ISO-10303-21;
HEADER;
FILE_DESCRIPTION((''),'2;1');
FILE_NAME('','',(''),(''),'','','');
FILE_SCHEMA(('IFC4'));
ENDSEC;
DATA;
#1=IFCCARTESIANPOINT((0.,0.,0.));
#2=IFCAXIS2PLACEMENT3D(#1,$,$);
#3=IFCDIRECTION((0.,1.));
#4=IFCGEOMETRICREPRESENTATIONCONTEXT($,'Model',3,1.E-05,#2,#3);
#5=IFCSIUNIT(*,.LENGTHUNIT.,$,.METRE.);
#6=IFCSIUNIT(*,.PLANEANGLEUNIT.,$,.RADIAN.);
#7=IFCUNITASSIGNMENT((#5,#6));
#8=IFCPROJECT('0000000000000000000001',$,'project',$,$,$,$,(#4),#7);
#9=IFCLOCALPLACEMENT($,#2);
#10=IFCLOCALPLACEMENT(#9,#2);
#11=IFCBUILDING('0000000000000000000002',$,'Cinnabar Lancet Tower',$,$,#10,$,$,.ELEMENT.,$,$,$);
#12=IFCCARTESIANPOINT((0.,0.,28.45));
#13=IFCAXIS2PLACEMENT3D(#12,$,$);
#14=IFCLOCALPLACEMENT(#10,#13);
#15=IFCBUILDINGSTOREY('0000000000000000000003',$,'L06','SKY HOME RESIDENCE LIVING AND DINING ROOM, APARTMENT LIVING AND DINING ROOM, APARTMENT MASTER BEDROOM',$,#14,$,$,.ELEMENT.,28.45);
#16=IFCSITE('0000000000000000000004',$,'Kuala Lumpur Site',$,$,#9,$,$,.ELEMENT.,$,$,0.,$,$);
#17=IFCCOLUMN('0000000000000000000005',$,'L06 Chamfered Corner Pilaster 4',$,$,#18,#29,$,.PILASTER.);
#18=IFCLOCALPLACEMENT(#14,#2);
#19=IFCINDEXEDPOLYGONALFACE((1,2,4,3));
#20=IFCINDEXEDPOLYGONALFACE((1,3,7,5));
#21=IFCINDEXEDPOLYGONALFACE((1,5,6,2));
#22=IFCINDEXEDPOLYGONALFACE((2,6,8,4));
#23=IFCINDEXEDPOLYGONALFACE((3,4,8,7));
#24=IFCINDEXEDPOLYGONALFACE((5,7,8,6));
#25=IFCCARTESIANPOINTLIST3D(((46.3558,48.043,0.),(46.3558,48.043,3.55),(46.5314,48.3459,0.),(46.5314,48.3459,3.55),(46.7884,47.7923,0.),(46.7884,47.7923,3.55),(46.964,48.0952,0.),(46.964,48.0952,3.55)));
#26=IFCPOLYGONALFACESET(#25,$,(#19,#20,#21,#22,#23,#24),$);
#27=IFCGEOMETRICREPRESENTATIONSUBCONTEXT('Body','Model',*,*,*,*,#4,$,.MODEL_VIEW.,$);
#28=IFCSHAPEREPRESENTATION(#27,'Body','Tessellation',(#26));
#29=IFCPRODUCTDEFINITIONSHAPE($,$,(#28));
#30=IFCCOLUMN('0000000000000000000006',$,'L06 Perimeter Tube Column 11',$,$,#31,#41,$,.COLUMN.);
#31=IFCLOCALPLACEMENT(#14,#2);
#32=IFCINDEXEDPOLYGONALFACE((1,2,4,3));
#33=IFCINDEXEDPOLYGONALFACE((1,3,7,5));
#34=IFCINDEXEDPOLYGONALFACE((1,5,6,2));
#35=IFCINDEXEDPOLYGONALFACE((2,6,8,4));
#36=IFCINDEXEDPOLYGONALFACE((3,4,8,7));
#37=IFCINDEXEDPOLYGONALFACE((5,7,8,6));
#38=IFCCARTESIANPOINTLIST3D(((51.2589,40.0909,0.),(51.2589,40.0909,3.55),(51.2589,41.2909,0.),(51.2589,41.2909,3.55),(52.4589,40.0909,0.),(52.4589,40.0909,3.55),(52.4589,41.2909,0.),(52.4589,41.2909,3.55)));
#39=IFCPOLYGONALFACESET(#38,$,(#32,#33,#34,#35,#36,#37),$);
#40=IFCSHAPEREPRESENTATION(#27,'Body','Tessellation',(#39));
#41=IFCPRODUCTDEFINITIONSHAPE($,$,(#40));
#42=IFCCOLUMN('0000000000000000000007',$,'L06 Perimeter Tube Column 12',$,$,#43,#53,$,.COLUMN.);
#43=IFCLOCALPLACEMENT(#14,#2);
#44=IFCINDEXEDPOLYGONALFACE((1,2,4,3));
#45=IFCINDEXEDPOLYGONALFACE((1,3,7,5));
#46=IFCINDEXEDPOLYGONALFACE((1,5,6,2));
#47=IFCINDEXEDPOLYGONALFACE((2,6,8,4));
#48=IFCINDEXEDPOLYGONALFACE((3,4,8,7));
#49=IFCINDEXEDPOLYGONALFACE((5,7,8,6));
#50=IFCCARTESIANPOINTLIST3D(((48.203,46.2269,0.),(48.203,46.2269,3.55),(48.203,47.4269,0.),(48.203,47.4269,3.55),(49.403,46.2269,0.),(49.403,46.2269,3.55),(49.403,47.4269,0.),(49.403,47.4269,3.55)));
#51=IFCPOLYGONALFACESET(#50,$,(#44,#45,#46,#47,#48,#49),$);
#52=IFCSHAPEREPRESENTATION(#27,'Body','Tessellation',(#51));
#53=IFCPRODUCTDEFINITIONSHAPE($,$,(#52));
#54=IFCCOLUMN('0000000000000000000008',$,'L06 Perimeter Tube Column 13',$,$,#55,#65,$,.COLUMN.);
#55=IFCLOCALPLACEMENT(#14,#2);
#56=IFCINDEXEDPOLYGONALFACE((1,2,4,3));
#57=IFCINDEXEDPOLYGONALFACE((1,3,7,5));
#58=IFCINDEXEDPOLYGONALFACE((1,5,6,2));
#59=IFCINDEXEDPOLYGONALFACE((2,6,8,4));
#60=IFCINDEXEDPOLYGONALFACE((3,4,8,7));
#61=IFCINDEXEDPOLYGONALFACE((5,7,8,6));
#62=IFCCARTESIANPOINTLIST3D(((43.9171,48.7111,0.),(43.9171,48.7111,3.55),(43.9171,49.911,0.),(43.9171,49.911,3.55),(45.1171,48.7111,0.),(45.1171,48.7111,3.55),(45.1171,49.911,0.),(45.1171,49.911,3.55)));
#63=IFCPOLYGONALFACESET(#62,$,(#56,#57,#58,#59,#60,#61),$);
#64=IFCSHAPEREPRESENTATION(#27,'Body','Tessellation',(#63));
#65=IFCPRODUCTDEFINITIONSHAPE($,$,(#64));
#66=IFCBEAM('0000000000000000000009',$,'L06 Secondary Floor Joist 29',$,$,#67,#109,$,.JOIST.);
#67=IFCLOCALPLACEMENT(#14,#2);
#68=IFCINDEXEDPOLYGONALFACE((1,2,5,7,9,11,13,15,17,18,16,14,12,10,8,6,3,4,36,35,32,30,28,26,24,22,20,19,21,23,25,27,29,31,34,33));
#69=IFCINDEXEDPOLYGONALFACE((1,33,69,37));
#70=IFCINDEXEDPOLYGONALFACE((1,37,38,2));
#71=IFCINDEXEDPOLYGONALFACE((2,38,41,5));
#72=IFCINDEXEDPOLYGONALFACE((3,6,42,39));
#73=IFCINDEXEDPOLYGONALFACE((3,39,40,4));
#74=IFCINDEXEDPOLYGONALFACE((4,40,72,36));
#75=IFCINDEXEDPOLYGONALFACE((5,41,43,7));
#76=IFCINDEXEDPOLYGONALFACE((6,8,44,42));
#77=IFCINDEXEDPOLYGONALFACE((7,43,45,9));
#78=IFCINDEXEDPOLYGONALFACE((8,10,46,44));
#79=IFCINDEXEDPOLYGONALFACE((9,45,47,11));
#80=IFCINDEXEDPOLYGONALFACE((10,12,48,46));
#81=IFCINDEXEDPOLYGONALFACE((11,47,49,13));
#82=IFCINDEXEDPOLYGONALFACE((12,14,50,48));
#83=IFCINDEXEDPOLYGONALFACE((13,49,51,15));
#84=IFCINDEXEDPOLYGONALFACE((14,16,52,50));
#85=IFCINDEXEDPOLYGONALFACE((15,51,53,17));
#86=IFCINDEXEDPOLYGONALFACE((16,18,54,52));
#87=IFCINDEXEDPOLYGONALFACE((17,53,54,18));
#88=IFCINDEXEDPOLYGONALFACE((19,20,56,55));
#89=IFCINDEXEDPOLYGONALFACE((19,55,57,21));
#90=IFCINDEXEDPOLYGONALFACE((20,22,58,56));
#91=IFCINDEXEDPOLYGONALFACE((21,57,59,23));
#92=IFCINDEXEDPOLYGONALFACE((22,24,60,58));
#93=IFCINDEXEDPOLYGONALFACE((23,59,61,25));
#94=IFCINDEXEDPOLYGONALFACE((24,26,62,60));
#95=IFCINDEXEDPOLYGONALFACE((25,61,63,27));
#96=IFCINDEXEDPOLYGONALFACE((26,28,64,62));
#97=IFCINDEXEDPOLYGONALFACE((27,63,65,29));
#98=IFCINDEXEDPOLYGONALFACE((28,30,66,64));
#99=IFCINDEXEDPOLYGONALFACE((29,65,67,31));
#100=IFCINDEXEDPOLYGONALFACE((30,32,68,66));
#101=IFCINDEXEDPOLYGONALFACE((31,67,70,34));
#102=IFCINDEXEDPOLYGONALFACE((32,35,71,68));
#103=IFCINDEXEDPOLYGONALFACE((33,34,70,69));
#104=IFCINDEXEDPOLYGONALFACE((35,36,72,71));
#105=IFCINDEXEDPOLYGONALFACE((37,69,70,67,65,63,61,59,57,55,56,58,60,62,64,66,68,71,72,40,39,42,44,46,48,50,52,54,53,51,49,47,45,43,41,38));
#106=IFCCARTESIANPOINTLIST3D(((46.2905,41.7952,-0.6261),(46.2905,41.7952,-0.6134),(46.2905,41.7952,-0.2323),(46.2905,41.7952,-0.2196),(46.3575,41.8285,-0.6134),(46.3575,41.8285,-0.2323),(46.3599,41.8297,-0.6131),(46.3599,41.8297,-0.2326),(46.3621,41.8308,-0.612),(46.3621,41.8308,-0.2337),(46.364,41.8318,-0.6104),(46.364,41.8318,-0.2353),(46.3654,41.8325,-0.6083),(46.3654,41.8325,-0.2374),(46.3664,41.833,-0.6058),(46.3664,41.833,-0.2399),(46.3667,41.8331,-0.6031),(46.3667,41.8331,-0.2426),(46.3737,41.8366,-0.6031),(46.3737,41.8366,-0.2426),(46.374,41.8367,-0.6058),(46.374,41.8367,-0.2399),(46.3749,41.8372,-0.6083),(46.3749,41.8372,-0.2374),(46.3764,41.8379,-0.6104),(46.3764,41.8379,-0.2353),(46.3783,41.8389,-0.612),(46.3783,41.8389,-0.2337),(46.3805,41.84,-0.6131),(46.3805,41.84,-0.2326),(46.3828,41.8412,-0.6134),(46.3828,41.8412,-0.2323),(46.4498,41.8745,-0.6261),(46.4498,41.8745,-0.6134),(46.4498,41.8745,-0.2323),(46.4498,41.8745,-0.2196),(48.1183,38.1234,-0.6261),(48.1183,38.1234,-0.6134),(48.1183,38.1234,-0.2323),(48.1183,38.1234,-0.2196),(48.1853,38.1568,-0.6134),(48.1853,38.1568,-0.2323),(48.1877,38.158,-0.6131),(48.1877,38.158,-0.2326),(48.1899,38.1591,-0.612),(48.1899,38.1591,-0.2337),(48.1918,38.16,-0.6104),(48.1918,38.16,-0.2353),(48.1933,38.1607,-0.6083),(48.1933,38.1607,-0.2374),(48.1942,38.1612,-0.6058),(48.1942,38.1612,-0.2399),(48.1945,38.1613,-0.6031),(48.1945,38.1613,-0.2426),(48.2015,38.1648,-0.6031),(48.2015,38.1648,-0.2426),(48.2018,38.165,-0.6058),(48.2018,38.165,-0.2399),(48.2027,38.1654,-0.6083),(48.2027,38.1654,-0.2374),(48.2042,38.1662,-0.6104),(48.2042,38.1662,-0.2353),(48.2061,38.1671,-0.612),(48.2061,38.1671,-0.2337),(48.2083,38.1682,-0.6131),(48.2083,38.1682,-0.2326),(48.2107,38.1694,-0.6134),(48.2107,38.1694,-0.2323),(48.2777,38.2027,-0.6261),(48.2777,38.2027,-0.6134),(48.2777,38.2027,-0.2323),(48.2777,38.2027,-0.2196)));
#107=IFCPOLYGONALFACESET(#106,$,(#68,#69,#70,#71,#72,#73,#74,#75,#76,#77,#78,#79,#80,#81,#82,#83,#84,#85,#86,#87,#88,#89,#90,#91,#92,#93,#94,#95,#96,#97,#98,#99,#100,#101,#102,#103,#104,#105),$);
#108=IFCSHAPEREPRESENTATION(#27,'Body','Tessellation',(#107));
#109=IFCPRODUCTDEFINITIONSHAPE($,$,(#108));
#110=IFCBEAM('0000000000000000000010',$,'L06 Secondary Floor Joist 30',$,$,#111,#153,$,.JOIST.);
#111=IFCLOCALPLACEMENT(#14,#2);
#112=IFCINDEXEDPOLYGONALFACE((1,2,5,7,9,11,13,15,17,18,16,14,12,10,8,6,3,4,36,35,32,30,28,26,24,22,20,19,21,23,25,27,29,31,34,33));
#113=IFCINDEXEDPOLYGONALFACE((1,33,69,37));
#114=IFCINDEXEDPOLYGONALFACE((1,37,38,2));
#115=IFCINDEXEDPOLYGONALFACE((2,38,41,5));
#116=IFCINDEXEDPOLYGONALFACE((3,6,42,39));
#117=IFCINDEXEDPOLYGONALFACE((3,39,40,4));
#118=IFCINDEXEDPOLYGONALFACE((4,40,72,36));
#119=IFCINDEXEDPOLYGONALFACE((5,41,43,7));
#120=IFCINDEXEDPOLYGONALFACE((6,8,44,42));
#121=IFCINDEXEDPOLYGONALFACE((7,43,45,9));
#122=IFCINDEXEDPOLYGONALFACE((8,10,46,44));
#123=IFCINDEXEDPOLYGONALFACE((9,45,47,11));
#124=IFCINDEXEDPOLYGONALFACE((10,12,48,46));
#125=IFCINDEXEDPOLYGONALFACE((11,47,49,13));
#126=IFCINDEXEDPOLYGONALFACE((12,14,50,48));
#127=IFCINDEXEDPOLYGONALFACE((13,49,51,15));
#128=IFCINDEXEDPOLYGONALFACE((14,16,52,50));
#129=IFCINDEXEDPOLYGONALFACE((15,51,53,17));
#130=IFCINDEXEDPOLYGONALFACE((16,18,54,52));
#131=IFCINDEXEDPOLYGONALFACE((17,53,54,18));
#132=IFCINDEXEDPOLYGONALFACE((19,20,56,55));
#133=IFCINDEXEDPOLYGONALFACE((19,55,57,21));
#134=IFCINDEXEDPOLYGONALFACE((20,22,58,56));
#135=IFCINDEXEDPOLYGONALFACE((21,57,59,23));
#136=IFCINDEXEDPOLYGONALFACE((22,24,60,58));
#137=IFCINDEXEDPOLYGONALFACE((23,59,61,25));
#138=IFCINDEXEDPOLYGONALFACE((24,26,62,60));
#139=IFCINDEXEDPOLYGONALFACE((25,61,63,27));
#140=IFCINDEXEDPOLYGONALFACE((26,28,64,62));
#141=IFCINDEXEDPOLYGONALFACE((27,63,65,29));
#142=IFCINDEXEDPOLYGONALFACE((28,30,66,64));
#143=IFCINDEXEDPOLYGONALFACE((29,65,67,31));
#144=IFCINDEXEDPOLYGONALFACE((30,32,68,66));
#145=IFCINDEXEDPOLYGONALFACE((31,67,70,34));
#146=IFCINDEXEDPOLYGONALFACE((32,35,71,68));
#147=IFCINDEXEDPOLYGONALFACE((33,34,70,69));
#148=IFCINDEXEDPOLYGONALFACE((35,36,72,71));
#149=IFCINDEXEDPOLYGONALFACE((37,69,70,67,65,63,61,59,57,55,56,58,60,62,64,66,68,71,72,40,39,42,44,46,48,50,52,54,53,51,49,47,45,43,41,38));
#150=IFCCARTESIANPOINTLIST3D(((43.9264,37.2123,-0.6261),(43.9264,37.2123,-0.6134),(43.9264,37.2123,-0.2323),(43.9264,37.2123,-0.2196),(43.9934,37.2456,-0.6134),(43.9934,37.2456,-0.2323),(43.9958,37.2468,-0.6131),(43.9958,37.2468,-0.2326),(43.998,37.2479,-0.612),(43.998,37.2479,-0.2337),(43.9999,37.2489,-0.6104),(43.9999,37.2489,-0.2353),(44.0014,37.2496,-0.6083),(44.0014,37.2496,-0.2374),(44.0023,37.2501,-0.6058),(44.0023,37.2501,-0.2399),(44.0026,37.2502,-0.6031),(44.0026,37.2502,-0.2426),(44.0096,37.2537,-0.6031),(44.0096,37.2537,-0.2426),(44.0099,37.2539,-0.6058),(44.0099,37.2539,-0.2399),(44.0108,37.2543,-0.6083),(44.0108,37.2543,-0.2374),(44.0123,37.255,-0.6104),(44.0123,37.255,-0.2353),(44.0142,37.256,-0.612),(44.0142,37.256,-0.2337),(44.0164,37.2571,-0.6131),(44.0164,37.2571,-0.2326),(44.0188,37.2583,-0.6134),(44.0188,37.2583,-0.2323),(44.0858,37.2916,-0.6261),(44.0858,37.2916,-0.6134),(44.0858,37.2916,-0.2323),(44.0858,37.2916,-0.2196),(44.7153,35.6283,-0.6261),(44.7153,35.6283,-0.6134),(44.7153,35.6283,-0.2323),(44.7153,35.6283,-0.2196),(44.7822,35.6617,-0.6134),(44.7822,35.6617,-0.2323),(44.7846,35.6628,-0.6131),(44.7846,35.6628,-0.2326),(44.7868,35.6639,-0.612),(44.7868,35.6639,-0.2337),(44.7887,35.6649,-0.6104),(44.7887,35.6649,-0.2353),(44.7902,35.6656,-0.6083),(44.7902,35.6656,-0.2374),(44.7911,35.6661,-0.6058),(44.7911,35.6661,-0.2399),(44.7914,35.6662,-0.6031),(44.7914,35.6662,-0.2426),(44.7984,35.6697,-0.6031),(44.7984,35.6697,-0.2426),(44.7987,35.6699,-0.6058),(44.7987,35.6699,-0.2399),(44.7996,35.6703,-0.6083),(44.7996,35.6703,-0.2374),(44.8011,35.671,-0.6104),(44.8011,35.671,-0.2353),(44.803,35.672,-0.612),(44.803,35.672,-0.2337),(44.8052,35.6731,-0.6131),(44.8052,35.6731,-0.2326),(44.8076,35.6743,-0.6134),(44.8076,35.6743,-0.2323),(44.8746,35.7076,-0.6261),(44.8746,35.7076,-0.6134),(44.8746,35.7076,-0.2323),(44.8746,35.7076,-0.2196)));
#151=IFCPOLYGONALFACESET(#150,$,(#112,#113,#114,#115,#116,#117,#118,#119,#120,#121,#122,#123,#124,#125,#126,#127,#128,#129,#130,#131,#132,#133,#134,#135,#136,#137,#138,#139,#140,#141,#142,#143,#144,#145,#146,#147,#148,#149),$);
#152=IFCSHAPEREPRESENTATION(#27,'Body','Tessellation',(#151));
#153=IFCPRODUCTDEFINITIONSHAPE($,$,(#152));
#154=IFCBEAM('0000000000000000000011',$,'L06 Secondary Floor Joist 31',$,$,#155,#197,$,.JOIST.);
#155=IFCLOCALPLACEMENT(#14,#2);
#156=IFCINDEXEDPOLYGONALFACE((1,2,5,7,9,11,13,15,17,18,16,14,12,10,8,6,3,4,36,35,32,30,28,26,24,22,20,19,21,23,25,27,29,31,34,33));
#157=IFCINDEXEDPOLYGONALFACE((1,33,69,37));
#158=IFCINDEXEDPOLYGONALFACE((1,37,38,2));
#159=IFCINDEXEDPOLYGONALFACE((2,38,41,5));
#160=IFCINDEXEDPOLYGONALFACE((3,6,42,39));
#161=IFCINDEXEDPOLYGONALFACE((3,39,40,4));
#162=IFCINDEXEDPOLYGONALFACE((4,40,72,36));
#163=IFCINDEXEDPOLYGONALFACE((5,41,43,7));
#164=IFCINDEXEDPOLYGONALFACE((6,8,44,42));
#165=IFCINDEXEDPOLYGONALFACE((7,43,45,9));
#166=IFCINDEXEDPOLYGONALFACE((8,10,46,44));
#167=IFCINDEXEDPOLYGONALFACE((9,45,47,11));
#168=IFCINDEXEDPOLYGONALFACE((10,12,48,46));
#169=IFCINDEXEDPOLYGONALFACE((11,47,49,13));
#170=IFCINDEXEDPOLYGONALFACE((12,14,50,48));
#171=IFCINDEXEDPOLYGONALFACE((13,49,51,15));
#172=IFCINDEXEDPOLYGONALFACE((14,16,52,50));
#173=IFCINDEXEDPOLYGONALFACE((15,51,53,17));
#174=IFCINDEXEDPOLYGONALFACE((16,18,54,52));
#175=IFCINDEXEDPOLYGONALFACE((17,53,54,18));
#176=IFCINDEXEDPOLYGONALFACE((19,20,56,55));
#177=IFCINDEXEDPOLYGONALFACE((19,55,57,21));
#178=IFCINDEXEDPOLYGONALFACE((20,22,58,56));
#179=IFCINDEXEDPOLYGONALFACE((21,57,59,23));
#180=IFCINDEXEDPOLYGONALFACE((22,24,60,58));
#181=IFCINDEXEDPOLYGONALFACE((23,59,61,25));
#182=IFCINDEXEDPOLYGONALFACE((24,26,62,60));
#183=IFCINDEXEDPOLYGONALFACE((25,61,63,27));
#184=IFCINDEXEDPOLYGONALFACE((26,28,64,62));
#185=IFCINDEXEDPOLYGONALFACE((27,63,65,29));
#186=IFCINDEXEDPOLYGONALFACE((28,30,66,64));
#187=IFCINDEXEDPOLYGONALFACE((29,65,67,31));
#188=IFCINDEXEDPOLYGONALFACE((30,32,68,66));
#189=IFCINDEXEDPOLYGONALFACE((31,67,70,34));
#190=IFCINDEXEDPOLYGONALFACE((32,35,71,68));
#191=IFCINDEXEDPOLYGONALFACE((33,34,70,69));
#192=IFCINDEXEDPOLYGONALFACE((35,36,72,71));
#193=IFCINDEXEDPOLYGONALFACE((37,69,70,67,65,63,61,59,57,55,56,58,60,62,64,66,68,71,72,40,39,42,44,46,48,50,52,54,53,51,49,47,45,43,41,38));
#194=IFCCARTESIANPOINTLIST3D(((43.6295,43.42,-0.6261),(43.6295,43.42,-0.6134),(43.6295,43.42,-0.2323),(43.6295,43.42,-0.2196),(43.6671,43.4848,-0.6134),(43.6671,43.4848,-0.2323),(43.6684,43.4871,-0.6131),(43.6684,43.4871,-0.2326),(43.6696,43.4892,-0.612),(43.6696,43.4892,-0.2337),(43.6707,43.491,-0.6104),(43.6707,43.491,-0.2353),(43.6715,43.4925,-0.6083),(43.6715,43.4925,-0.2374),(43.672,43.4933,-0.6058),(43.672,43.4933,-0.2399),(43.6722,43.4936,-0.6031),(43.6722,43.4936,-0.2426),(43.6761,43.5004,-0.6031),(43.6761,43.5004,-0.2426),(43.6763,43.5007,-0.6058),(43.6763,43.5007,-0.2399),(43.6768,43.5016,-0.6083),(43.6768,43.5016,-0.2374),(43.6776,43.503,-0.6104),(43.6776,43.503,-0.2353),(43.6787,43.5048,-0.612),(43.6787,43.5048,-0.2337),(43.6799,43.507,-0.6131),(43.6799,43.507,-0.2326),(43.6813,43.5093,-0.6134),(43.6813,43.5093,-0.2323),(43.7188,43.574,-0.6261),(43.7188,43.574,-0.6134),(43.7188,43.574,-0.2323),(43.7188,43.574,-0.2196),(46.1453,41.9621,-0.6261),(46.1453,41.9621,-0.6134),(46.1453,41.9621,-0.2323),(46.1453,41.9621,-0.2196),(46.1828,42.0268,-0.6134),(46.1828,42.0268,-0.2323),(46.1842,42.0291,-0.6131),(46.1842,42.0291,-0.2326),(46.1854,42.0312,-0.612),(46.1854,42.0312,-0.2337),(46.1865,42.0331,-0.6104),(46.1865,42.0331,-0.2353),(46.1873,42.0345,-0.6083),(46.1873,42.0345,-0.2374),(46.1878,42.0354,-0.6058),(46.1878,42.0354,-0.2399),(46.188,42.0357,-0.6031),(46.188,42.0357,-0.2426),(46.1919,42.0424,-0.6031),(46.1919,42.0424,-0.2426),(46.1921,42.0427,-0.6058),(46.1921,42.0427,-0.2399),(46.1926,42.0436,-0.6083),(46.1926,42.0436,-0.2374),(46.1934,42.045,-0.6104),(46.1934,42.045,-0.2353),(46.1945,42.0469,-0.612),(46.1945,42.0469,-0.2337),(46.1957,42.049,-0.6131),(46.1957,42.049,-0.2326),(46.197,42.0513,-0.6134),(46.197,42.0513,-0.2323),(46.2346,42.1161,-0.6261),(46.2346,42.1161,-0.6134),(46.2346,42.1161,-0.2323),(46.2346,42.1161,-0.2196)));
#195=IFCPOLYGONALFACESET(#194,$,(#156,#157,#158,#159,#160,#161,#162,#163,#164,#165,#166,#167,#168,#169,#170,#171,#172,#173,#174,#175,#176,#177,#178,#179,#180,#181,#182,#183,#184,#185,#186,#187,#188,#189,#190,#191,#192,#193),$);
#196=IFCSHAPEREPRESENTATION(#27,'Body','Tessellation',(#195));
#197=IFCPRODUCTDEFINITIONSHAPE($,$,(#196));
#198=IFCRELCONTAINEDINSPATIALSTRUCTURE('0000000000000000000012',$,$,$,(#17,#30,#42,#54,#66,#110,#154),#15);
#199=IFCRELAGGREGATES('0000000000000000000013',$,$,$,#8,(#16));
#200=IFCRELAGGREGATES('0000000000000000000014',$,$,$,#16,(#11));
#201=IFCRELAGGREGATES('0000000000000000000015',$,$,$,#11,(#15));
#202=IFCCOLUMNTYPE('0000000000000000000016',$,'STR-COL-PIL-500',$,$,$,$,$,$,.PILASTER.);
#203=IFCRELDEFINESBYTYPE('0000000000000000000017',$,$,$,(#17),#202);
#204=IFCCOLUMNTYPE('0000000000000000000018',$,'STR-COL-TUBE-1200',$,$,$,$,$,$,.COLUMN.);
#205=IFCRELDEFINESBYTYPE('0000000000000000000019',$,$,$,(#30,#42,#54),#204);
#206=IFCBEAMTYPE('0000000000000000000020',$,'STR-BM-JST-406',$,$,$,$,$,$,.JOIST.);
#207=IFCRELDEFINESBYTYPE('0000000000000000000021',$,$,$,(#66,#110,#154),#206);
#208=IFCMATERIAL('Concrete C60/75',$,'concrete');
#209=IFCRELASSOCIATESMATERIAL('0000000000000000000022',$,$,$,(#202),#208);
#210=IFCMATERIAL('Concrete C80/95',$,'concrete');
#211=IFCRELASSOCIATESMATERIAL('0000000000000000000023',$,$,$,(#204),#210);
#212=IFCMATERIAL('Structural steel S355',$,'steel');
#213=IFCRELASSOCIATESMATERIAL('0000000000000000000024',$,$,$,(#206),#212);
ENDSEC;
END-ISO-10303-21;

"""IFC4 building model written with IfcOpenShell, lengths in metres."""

from ifc_helpers import new_model, si_unit, direction, frame, origin, origin_2d, place, context, subcontext, project, spatial, rectangle, i_section, extrude, material, material_profile, profile_set, type_object, element, save


model = new_model("IFC4")

# Units and contexts
model_context = context("Model", 3, precision=1e-05, world=origin(), true_north=direction((0.0, 1.0)))
body_context = subcontext(model_context, "Body", "Model", "MODEL_VIEW")
ifc_project = project(units=[si_unit("LENGTHUNIT", "METRE"), si_unit("PLANEANGLEUNIT", "RADIAN")], contexts=[model_context])

# Site, building, storey
site_placement = place(None, origin())
site = spatial("IfcSite", under=ifc_project, at=site_placement, Name="Kuala Lumpur Site", CompositionType="ELEMENT", RefElevation=0.0)
building_placement = place(site_placement, origin())
building = spatial("IfcBuilding", under=site, at=building_placement, Name="Cinnabar Lancet Tower", CompositionType="ELEMENT")
storey_placement = place(building_placement, frame((0.0, 0.0, 28.45)))
storey = spatial("IfcBuildingStorey", under=building, at=storey_placement, Name="L06", Description="SKY HOME RESIDENCE LIVING AND DINING ROOM, APARTMENT LIVING AND DINING ROOM, APARTMENT MASTER BEDROOM", CompositionType="ELEMENT", Elevation=28.45)

# Columns
ifc_material_1 = material(Name="Concrete C60/75", Category="concrete")
ifc_material_profile_1 = material_profile(ifc_material_1, rectangle(XDim=0.5, YDim=0.3501, at=origin_2d()), Name="RC-PIL 500x350")
ifc_profile_set_1 = profile_set([ifc_material_profile_1], Name="Concrete C60/75")
column_type_1 = type_object("IfcColumnType", Name="STR-COL-PIL-500", PredefinedType="PILASTER", material=ifc_profile_set_1)
column_placement = place(storey_placement, frame((46.6599, 48.0691, 0.0), z_axis=(0.0, 0.0, 1.0), x_axis=(-0.865195, 0.501435, 0.0)))
element("IfcColumn", 1, at=column_placement, inside=storey, type_object=column_type_1, Name="L06 Chamfered Corner Pilaster 4", PredefinedType="PILASTER", context=body_context, shape_type="SweptSolid", body=[
    extrude(rectangle(XDim=0.5, YDim=0.3501, at=origin_2d()), origin(), (0.0, 0.0, 1.0), 3.55),
])
ifc_material_2 = material(Name="Concrete C80/95", Category="concrete")
ifc_material_profile_2 = material_profile(ifc_material_2, rectangle(XDim=1.2, YDim=1.2, at=origin_2d()), Name="RC-COL 1200x1200")
ifc_profile_set_2 = profile_set([ifc_material_profile_2], Name="Concrete C80/95")
column_type_2 = type_object("IfcColumnType", Name="STR-COL-TUBE-1200", PredefinedType="COLUMN", material=ifc_profile_set_2)
for number, where, z_axis, x_axis, name in (
    (2, (51.8589, 40.6909, 0.0), (0.0, 0.0, 1.0), (1.0, 0.0, 0.0), "L06 Perimeter Tube Column 11"),
    (3, (48.803, 46.8269, 0.0), (0.0, 0.0, 1.0), (1.0, 0.0, 0.0), "L06 Perimeter Tube Column 12"),
    (4, (44.5171, 49.311, 0.0), (0.0, 0.0, 1.0), (1.0, 0.0, 0.0), "L06 Perimeter Tube Column 13"),
):
    element("IfcColumn", number, at=place(storey_placement, frame(where, z_axis=z_axis, x_axis=x_axis)), inside=storey, type_object=column_type_2, Name=name, PredefinedType="COLUMN", context=body_context, shape_type="SweptSolid", body=[
        extrude(rectangle(XDim=1.2, YDim=1.2, at=origin_2d()), origin(), (0.0, 0.0, 1.0), 3.55),
    ])

# Beams
ifc_material_3 = material(Name="Structural steel S355", Category="steel")
ifc_material_profile_3 = material_profile(ifc_material_3, i_section(OverallWidth=0.178, OverallDepth=0.4065, WebThickness=0.0078, FlangeThickness=0.0127, FilletRadius=0.0103, at=origin_2d()), Name="UKB 406x178x60")
ifc_profile_set_3 = profile_set([ifc_material_profile_3], Name="Structural steel S355")
beam_type_1 = type_object("IfcBeamType", Name="STR-BM-JST-406", PredefinedType="JOIST", material=ifc_profile_set_3)
beam_1_placement = place(storey_placement, frame((48.198, 38.1631, -0.4229), z_axis=(-0.445642, 0.895212, 0.0), x_axis=(-0.895212, -0.445642, 0.0)))
element("IfcBeam", 5, at=beam_1_placement, inside=storey, type_object=beam_type_1, Name="L06 Secondary Floor Joist 29", PredefinedType="JOIST", context=body_context, shape_type="SweptSolid", body=[
    extrude(i_section(OverallWidth=0.178, OverallDepth=0.4065, WebThickness=0.0078, FlangeThickness=0.0127, FilletRadius=0.0103, at=origin_2d()), origin(), (0.0, 0.0, 1.0), 4.1016),
])
beam_2_placement = place(storey_placement, frame((44.7949, 35.668, -0.4229), z_axis=(-0.445778, 0.895143, 0.0), x_axis=(-0.895143, -0.445778, 0.0)))
element("IfcBeam", 6, at=beam_2_placement, inside=storey, type_object=beam_type_1, Name="L06 Secondary Floor Joist 30", PredefinedType="JOIST", context=body_context, shape_type="SweptSolid", body=[
    extrude(i_section(OverallWidth=0.178, OverallDepth=0.4065, WebThickness=0.0078, FlangeThickness=0.0127, FilletRadius=0.0103, at=origin_2d()), origin(), (0.0, 0.0, 1.0), 1.7695),
])
beam_3_placement = place(storey_placement, frame((46.1899, 42.0391, -0.4229), z_axis=(-0.86521, 0.50141, 0.0), x_axis=(-0.50141, -0.86521, 0.0)))
element("IfcBeam", 7, at=beam_3_placement, inside=storey, type_object=beam_type_1, Name="L06 Secondary Floor Joist 31", PredefinedType="JOIST", context=body_context, shape_type="SweptSolid", body=[
    extrude(i_section(OverallWidth=0.178, OverallDepth=0.4065, WebThickness=0.0078, FlangeThickness=0.0127, FilletRadius=0.0103, at=origin_2d()), origin(), (0.0, 0.0, 1.0), 2.9077),
])

save(model, "model.ifc")
